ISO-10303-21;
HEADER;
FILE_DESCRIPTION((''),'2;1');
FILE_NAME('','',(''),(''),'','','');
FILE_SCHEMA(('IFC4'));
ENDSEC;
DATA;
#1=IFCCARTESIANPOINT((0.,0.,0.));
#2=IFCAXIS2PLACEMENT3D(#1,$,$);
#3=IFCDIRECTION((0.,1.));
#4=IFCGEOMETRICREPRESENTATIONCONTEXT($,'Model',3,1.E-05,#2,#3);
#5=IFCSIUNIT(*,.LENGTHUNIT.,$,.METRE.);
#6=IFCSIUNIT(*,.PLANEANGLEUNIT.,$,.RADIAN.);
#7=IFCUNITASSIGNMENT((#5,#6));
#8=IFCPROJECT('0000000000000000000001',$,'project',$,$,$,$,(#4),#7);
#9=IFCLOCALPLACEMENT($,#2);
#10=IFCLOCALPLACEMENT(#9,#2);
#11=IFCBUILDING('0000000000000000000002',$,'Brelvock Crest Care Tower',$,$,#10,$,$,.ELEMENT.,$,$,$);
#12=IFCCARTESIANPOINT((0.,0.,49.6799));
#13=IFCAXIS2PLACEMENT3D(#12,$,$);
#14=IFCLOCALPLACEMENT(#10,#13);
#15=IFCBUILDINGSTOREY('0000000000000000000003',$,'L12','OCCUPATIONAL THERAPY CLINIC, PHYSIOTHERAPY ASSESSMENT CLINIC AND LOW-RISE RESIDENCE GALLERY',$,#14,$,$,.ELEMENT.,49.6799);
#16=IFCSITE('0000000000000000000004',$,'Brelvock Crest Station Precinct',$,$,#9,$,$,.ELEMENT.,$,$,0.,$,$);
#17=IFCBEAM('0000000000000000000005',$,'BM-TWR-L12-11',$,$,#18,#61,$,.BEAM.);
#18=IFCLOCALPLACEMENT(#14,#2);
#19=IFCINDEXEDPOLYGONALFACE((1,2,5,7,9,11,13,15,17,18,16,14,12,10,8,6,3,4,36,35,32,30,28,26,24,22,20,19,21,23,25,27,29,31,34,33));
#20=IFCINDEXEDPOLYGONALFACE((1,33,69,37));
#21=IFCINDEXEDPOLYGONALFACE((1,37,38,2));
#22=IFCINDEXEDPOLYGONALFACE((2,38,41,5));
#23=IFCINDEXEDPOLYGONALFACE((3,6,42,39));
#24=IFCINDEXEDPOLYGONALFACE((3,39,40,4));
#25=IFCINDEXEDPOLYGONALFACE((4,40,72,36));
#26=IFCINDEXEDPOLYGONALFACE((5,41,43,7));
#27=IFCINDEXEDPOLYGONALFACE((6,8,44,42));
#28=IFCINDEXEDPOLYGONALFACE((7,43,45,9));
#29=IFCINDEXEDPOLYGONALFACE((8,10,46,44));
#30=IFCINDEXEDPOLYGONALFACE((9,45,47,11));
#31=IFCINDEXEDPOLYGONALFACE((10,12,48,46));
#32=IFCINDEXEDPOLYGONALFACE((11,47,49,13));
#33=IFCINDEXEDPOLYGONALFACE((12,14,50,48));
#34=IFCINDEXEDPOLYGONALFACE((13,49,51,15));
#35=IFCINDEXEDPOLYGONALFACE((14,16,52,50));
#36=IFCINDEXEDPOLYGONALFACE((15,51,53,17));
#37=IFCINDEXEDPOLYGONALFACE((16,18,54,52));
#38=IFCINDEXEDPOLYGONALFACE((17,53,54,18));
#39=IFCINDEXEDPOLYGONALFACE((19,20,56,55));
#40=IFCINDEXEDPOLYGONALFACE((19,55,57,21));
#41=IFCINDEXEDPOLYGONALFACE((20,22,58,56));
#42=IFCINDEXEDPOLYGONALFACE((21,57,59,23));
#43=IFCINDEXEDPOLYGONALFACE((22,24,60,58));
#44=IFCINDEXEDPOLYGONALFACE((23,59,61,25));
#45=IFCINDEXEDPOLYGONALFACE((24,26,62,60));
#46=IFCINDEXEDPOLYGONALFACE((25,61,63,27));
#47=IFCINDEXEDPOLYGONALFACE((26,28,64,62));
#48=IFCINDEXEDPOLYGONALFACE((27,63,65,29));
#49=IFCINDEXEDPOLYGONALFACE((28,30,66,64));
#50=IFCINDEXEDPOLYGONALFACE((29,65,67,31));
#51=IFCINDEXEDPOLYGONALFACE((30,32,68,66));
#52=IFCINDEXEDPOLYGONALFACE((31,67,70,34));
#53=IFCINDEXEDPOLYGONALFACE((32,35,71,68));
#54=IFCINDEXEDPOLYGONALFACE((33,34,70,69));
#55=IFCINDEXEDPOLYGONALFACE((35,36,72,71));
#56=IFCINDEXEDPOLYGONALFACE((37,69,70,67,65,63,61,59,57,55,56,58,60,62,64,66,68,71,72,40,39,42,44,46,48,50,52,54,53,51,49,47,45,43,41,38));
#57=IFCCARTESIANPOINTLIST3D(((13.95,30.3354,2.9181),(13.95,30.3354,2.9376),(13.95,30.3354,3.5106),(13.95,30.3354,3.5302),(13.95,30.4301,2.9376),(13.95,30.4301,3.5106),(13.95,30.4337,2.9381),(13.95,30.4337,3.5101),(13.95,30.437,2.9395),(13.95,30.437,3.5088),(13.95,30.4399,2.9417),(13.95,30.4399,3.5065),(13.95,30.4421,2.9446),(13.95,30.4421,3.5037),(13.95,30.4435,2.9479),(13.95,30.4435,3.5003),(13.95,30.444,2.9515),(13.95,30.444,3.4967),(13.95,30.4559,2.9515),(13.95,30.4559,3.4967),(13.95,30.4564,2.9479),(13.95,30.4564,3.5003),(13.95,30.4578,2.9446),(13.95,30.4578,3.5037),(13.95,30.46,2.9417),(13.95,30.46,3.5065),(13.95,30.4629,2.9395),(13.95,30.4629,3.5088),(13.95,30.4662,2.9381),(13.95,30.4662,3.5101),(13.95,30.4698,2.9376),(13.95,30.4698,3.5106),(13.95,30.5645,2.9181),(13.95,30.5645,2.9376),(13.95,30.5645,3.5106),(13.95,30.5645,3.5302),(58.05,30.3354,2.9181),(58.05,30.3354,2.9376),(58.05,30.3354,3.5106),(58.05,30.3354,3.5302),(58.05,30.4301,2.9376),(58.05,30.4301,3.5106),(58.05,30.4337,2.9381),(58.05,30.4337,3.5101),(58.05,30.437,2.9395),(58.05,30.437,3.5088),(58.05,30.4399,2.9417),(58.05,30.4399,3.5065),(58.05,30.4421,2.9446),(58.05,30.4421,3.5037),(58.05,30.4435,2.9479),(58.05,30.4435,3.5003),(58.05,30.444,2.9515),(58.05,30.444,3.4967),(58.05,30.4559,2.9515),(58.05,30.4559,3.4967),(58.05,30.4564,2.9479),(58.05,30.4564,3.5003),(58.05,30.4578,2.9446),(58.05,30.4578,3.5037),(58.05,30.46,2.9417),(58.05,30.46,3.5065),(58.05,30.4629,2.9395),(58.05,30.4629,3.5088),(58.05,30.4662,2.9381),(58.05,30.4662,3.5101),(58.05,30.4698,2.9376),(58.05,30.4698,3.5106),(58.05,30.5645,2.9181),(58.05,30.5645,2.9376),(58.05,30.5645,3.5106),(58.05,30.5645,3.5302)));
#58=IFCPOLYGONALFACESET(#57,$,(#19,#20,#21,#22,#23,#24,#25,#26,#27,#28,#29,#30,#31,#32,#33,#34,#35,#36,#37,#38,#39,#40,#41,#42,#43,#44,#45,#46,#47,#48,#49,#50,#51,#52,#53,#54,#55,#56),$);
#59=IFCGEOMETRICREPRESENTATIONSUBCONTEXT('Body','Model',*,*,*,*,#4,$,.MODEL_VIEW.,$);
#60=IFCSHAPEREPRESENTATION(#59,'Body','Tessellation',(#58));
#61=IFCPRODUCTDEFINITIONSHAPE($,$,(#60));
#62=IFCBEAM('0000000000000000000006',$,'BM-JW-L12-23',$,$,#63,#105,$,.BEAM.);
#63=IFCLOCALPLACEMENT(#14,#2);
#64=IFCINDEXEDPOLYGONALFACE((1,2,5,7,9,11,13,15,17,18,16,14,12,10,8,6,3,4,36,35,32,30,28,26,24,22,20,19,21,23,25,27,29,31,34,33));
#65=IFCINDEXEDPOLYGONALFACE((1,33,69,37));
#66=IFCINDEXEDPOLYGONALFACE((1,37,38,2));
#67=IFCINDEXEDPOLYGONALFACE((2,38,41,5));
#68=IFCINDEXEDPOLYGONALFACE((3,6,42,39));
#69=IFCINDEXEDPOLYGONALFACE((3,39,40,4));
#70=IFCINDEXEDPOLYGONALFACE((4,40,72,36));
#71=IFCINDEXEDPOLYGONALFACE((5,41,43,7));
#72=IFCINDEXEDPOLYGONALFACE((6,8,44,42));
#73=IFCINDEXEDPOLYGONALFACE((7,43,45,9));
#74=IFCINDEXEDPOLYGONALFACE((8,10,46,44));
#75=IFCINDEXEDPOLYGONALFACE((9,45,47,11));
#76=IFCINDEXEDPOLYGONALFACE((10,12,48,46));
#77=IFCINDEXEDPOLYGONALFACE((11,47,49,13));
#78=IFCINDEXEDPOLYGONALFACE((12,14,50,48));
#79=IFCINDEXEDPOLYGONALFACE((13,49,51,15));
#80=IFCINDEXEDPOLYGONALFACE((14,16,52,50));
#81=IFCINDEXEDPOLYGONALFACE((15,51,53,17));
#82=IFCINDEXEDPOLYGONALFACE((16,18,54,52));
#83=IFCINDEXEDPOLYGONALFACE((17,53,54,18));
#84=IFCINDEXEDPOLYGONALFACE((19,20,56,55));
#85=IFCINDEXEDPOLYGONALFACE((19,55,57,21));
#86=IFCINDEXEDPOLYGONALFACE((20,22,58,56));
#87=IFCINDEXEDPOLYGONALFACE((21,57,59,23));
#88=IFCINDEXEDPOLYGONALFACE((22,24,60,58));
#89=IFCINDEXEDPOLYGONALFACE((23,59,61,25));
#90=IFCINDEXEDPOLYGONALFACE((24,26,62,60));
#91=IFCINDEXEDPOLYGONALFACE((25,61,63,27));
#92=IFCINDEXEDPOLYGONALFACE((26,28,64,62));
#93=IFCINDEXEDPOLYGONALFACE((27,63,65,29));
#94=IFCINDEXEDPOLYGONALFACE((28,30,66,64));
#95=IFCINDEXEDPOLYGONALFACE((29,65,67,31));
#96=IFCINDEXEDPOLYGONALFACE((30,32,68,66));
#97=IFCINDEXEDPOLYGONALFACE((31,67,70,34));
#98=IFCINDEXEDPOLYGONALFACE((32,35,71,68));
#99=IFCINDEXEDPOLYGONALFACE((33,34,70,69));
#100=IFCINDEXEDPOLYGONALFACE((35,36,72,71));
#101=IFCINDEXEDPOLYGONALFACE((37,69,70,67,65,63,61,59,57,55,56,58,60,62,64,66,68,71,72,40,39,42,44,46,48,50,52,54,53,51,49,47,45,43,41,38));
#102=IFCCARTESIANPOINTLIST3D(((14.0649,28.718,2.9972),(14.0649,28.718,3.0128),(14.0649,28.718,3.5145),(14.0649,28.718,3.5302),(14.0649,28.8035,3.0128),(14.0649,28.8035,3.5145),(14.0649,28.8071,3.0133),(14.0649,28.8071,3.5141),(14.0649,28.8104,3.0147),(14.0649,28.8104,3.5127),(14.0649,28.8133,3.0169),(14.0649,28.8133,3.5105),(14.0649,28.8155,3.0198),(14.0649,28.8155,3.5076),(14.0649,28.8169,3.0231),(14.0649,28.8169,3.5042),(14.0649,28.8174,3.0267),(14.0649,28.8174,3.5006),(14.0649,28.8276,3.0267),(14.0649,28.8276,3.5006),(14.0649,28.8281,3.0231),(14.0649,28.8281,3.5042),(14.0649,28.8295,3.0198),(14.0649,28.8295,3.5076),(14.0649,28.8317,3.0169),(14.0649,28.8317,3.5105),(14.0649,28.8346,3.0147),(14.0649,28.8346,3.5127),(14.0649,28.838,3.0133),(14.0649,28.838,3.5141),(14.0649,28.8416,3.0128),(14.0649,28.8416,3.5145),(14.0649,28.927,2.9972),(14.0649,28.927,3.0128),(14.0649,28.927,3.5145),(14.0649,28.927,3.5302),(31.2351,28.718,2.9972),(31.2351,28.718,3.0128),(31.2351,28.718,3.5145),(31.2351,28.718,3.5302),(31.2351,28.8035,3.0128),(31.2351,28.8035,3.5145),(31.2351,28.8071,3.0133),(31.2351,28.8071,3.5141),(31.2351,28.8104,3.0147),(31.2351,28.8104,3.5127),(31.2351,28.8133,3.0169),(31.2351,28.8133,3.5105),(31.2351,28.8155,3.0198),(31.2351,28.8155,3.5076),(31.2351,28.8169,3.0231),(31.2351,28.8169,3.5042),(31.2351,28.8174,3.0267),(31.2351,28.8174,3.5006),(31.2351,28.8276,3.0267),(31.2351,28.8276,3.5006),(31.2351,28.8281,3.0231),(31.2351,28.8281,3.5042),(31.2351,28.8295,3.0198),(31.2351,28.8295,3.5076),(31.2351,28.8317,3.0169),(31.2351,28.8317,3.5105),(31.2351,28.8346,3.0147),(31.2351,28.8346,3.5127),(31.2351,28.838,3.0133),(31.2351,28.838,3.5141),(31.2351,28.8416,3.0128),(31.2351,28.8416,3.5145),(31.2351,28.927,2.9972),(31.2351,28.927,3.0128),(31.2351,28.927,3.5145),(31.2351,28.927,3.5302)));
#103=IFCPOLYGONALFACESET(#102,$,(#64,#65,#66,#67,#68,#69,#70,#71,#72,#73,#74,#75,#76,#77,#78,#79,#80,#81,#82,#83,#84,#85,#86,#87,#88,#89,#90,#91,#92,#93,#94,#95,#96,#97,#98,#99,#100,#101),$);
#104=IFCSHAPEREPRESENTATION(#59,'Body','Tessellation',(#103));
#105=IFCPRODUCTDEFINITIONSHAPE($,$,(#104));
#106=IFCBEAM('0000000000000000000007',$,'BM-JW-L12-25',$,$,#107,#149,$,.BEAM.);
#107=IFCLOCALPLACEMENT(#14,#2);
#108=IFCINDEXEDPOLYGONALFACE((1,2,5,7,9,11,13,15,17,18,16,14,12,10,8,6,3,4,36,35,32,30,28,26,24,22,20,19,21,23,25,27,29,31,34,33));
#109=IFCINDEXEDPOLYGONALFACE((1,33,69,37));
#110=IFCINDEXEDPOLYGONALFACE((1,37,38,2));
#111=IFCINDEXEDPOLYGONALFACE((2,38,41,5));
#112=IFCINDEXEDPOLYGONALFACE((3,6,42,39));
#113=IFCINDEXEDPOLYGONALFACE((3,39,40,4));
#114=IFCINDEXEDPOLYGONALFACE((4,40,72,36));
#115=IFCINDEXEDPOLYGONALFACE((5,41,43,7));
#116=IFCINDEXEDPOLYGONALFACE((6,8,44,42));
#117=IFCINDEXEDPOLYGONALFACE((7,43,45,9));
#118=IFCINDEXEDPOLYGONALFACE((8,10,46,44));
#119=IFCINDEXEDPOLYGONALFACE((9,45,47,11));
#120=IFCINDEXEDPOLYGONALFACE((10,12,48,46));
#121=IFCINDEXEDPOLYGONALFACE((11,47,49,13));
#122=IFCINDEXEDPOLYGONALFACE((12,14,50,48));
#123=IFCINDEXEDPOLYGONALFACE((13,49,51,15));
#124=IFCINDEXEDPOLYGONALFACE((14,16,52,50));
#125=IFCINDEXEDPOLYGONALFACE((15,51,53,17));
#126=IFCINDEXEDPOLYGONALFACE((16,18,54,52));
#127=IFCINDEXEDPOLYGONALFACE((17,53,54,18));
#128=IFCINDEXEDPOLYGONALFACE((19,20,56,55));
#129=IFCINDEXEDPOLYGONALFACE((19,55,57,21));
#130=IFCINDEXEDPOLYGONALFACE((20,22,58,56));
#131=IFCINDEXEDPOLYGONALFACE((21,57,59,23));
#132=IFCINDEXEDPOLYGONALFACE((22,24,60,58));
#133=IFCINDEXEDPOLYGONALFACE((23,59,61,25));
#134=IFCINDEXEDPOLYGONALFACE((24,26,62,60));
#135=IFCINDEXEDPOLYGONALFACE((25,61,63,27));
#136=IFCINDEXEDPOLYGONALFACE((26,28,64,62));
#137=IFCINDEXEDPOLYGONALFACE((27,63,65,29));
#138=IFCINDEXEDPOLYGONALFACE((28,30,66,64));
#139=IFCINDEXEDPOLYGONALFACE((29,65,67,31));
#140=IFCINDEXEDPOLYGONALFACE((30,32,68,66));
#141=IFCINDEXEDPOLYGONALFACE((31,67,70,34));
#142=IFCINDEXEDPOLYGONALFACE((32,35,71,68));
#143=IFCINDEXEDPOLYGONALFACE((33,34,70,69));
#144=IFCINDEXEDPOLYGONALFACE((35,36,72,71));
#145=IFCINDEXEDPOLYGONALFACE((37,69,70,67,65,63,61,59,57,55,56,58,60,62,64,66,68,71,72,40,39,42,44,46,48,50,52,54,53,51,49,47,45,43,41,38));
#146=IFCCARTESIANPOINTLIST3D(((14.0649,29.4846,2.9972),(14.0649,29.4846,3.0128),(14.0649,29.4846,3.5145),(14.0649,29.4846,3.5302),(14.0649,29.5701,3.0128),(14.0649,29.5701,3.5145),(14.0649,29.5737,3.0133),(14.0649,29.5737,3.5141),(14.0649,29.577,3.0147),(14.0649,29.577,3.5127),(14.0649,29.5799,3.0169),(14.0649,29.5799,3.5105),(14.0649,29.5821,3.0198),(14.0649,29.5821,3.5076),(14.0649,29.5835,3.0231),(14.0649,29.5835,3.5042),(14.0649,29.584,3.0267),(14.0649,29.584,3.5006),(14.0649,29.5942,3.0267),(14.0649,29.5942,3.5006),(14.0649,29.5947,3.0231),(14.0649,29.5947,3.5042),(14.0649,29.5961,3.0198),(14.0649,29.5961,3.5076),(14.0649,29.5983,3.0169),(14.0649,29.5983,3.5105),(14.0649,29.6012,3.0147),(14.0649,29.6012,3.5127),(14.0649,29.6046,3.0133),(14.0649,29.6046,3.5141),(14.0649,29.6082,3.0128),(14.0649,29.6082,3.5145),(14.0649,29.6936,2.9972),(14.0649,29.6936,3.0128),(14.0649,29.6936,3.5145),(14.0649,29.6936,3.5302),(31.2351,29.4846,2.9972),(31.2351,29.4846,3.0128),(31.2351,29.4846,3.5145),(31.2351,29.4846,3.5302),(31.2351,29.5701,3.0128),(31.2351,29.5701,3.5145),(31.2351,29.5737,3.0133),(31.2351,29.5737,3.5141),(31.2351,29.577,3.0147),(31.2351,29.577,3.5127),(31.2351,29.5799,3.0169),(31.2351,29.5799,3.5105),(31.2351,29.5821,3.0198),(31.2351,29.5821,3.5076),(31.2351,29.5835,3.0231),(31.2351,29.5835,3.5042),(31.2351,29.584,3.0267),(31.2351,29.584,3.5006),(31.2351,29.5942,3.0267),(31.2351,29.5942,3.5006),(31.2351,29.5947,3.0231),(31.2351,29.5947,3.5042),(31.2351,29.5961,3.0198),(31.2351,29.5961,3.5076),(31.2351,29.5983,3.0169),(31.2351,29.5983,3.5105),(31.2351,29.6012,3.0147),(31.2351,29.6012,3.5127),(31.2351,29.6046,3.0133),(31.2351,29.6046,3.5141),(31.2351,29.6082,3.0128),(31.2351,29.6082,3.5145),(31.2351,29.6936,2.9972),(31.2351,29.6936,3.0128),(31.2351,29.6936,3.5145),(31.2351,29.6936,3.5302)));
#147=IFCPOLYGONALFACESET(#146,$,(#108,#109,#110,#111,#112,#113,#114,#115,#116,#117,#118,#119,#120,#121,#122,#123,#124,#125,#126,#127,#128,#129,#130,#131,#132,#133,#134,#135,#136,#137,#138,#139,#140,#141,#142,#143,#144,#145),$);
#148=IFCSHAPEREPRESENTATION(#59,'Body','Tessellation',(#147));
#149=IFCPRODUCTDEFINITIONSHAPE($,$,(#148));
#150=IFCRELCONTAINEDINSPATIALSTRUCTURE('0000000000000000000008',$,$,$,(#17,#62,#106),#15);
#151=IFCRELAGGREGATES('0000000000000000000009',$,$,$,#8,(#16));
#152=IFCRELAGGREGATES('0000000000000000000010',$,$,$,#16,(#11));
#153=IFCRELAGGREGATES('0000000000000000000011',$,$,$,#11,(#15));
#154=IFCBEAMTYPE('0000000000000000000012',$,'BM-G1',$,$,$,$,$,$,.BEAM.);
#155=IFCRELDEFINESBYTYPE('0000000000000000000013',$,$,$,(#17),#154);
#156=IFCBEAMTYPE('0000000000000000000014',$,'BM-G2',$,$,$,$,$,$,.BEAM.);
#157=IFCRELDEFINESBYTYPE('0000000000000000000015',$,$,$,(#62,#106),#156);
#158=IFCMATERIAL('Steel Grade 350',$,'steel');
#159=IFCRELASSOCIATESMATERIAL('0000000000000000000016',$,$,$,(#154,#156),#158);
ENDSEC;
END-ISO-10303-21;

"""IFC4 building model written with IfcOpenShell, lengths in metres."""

from ifc_helpers import new_model, si_unit, direction, frame, origin, origin_2d, place, context, subcontext, project, spatial, i_section, extrude, source, transform, mapped, material, material_profile, profile_set, type_object, element, save


model = new_model("IFC4")

# Units and contexts
model_context = context("Model", 3, precision=1e-05, world=origin(), true_north=direction((0.0, 1.0)))
body_context = subcontext(model_context, "Body", "Model", "MODEL_VIEW")
ifc_project = project(units=[si_unit("LENGTHUNIT", "METRE"), si_unit("PLANEANGLEUNIT", "RADIAN")], contexts=[model_context])

# Site, building, storey
site_placement = place(None, origin())
site = spatial("IfcSite", under=ifc_project, at=site_placement, Name="Brelvock Crest Station Precinct", CompositionType="ELEMENT", RefElevation=0.0)
building_placement = place(site_placement, origin())
building = spatial("IfcBuilding", under=site, at=building_placement, Name="Brelvock Crest Care Tower", CompositionType="ELEMENT")
storey_placement = place(building_placement, frame((0.0, 0.0, 49.6799)))
storey = spatial("IfcBuildingStorey", under=building, at=storey_placement, Name="L12", Description="OCCUPATIONAL THERAPY CLINIC, PHYSIOTHERAPY ASSESSMENT CLINIC AND LOW-RISE RESIDENCE GALLERY", CompositionType="ELEMENT", Elevation=49.6799)

# Shared definitions
ifc_material_1 = material(Name="Steel Grade 350", Category="steel")

# Beams
ifc_material_profile_1 = material_profile(ifc_material_1, i_section(OverallWidth=0.229, OverallDepth=0.6121, WebThickness=0.012, FlangeThickness=0.0195, FilletRadius=0.0139, at=origin_2d()), Name="610UB125")
ifc_profile_set_1 = profile_set([ifc_material_profile_1], Name="Steel Grade 350")
beam_type_1 = type_object("IfcBeamType", Name="BM-G1", PredefinedType="BEAM", material=ifc_profile_set_1)
shared_shape_1 = source(origin(), body_context, "Body", "SweptSolid", [
    extrude(i_section(OverallWidth=0.229, OverallDepth=0.6121, WebThickness=0.012, FlangeThickness=0.0195, FilletRadius=0.0139, at=origin_2d()), origin(), (0.0, 0.0, 1.0), 44.1001),
])
beam_1_placement = place(storey_placement, frame((13.95, 30.45, 3.2241), z_axis=(1.0, 0.0, 0.0), x_axis=(0.0, 1.0, 0.0)))
element("IfcBeam", 1, at=beam_1_placement, inside=storey, type_object=beam_type_1, Name="BM-TWR-L12-11", PredefinedType="BEAM", context=body_context, shape_type="MappedRepresentation", body=[
    mapped(shared_shape_1, transform((0.0, 0.0, 0.0), x_axis=(1.0, 0.0, 0.0), y_axis=(0.0, 1.0, 0.0), z_axis=(0.0, 0.0, 1.0), scale=1.0)),
])
ifc_material_profile_2 = material_profile(ifc_material_1, i_section(OverallWidth=0.209, OverallDepth=0.533, WebThickness=0.0103, FlangeThickness=0.0156, FilletRadius=0.0139, at=origin_2d()), Name="530UB92.4")
ifc_profile_set_2 = profile_set([ifc_material_profile_2], Name="Steel Grade 350")
beam_type_2 = type_object("IfcBeamType", Name="BM-G2", PredefinedType="BEAM", material=ifc_profile_set_2)
shared_shape_2 = source(origin(), body_context, "Body", "SweptSolid", [
    extrude(i_section(OverallWidth=0.209, OverallDepth=0.533, WebThickness=0.0103, FlangeThickness=0.0156, FilletRadius=0.0139, at=origin_2d()), origin(), (0.0, 0.0, 1.0), 17.1702),
])
for number, where, z_axis, x_axis, name in (
    (2, (14.0649, 28.8225, 3.2637), (1.0, 0.0, 0.0), (0.0, 1.0, 0.0), "BM-JW-L12-23"),
    (3, (14.0649, 29.5891, 3.2637), (1.0, 0.0, 0.0), (0.0, 1.0, 0.0), "BM-JW-L12-25"),
):
    element("IfcBeam", number, at=place(storey_placement, frame(where, z_axis=z_axis, x_axis=x_axis)), inside=storey, type_object=beam_type_2, Name=name, PredefinedType="BEAM", context=body_context, shape_type="MappedRepresentation", body=[
        mapped(shared_shape_2, transform((0.0, 0.0, 0.0), x_axis=(1.0, 0.0, 0.0), y_axis=(0.0, 1.0, 0.0), z_axis=(0.0, 0.0, 1.0), scale=1.0)),
    ])

save(model, "model.ifc")
